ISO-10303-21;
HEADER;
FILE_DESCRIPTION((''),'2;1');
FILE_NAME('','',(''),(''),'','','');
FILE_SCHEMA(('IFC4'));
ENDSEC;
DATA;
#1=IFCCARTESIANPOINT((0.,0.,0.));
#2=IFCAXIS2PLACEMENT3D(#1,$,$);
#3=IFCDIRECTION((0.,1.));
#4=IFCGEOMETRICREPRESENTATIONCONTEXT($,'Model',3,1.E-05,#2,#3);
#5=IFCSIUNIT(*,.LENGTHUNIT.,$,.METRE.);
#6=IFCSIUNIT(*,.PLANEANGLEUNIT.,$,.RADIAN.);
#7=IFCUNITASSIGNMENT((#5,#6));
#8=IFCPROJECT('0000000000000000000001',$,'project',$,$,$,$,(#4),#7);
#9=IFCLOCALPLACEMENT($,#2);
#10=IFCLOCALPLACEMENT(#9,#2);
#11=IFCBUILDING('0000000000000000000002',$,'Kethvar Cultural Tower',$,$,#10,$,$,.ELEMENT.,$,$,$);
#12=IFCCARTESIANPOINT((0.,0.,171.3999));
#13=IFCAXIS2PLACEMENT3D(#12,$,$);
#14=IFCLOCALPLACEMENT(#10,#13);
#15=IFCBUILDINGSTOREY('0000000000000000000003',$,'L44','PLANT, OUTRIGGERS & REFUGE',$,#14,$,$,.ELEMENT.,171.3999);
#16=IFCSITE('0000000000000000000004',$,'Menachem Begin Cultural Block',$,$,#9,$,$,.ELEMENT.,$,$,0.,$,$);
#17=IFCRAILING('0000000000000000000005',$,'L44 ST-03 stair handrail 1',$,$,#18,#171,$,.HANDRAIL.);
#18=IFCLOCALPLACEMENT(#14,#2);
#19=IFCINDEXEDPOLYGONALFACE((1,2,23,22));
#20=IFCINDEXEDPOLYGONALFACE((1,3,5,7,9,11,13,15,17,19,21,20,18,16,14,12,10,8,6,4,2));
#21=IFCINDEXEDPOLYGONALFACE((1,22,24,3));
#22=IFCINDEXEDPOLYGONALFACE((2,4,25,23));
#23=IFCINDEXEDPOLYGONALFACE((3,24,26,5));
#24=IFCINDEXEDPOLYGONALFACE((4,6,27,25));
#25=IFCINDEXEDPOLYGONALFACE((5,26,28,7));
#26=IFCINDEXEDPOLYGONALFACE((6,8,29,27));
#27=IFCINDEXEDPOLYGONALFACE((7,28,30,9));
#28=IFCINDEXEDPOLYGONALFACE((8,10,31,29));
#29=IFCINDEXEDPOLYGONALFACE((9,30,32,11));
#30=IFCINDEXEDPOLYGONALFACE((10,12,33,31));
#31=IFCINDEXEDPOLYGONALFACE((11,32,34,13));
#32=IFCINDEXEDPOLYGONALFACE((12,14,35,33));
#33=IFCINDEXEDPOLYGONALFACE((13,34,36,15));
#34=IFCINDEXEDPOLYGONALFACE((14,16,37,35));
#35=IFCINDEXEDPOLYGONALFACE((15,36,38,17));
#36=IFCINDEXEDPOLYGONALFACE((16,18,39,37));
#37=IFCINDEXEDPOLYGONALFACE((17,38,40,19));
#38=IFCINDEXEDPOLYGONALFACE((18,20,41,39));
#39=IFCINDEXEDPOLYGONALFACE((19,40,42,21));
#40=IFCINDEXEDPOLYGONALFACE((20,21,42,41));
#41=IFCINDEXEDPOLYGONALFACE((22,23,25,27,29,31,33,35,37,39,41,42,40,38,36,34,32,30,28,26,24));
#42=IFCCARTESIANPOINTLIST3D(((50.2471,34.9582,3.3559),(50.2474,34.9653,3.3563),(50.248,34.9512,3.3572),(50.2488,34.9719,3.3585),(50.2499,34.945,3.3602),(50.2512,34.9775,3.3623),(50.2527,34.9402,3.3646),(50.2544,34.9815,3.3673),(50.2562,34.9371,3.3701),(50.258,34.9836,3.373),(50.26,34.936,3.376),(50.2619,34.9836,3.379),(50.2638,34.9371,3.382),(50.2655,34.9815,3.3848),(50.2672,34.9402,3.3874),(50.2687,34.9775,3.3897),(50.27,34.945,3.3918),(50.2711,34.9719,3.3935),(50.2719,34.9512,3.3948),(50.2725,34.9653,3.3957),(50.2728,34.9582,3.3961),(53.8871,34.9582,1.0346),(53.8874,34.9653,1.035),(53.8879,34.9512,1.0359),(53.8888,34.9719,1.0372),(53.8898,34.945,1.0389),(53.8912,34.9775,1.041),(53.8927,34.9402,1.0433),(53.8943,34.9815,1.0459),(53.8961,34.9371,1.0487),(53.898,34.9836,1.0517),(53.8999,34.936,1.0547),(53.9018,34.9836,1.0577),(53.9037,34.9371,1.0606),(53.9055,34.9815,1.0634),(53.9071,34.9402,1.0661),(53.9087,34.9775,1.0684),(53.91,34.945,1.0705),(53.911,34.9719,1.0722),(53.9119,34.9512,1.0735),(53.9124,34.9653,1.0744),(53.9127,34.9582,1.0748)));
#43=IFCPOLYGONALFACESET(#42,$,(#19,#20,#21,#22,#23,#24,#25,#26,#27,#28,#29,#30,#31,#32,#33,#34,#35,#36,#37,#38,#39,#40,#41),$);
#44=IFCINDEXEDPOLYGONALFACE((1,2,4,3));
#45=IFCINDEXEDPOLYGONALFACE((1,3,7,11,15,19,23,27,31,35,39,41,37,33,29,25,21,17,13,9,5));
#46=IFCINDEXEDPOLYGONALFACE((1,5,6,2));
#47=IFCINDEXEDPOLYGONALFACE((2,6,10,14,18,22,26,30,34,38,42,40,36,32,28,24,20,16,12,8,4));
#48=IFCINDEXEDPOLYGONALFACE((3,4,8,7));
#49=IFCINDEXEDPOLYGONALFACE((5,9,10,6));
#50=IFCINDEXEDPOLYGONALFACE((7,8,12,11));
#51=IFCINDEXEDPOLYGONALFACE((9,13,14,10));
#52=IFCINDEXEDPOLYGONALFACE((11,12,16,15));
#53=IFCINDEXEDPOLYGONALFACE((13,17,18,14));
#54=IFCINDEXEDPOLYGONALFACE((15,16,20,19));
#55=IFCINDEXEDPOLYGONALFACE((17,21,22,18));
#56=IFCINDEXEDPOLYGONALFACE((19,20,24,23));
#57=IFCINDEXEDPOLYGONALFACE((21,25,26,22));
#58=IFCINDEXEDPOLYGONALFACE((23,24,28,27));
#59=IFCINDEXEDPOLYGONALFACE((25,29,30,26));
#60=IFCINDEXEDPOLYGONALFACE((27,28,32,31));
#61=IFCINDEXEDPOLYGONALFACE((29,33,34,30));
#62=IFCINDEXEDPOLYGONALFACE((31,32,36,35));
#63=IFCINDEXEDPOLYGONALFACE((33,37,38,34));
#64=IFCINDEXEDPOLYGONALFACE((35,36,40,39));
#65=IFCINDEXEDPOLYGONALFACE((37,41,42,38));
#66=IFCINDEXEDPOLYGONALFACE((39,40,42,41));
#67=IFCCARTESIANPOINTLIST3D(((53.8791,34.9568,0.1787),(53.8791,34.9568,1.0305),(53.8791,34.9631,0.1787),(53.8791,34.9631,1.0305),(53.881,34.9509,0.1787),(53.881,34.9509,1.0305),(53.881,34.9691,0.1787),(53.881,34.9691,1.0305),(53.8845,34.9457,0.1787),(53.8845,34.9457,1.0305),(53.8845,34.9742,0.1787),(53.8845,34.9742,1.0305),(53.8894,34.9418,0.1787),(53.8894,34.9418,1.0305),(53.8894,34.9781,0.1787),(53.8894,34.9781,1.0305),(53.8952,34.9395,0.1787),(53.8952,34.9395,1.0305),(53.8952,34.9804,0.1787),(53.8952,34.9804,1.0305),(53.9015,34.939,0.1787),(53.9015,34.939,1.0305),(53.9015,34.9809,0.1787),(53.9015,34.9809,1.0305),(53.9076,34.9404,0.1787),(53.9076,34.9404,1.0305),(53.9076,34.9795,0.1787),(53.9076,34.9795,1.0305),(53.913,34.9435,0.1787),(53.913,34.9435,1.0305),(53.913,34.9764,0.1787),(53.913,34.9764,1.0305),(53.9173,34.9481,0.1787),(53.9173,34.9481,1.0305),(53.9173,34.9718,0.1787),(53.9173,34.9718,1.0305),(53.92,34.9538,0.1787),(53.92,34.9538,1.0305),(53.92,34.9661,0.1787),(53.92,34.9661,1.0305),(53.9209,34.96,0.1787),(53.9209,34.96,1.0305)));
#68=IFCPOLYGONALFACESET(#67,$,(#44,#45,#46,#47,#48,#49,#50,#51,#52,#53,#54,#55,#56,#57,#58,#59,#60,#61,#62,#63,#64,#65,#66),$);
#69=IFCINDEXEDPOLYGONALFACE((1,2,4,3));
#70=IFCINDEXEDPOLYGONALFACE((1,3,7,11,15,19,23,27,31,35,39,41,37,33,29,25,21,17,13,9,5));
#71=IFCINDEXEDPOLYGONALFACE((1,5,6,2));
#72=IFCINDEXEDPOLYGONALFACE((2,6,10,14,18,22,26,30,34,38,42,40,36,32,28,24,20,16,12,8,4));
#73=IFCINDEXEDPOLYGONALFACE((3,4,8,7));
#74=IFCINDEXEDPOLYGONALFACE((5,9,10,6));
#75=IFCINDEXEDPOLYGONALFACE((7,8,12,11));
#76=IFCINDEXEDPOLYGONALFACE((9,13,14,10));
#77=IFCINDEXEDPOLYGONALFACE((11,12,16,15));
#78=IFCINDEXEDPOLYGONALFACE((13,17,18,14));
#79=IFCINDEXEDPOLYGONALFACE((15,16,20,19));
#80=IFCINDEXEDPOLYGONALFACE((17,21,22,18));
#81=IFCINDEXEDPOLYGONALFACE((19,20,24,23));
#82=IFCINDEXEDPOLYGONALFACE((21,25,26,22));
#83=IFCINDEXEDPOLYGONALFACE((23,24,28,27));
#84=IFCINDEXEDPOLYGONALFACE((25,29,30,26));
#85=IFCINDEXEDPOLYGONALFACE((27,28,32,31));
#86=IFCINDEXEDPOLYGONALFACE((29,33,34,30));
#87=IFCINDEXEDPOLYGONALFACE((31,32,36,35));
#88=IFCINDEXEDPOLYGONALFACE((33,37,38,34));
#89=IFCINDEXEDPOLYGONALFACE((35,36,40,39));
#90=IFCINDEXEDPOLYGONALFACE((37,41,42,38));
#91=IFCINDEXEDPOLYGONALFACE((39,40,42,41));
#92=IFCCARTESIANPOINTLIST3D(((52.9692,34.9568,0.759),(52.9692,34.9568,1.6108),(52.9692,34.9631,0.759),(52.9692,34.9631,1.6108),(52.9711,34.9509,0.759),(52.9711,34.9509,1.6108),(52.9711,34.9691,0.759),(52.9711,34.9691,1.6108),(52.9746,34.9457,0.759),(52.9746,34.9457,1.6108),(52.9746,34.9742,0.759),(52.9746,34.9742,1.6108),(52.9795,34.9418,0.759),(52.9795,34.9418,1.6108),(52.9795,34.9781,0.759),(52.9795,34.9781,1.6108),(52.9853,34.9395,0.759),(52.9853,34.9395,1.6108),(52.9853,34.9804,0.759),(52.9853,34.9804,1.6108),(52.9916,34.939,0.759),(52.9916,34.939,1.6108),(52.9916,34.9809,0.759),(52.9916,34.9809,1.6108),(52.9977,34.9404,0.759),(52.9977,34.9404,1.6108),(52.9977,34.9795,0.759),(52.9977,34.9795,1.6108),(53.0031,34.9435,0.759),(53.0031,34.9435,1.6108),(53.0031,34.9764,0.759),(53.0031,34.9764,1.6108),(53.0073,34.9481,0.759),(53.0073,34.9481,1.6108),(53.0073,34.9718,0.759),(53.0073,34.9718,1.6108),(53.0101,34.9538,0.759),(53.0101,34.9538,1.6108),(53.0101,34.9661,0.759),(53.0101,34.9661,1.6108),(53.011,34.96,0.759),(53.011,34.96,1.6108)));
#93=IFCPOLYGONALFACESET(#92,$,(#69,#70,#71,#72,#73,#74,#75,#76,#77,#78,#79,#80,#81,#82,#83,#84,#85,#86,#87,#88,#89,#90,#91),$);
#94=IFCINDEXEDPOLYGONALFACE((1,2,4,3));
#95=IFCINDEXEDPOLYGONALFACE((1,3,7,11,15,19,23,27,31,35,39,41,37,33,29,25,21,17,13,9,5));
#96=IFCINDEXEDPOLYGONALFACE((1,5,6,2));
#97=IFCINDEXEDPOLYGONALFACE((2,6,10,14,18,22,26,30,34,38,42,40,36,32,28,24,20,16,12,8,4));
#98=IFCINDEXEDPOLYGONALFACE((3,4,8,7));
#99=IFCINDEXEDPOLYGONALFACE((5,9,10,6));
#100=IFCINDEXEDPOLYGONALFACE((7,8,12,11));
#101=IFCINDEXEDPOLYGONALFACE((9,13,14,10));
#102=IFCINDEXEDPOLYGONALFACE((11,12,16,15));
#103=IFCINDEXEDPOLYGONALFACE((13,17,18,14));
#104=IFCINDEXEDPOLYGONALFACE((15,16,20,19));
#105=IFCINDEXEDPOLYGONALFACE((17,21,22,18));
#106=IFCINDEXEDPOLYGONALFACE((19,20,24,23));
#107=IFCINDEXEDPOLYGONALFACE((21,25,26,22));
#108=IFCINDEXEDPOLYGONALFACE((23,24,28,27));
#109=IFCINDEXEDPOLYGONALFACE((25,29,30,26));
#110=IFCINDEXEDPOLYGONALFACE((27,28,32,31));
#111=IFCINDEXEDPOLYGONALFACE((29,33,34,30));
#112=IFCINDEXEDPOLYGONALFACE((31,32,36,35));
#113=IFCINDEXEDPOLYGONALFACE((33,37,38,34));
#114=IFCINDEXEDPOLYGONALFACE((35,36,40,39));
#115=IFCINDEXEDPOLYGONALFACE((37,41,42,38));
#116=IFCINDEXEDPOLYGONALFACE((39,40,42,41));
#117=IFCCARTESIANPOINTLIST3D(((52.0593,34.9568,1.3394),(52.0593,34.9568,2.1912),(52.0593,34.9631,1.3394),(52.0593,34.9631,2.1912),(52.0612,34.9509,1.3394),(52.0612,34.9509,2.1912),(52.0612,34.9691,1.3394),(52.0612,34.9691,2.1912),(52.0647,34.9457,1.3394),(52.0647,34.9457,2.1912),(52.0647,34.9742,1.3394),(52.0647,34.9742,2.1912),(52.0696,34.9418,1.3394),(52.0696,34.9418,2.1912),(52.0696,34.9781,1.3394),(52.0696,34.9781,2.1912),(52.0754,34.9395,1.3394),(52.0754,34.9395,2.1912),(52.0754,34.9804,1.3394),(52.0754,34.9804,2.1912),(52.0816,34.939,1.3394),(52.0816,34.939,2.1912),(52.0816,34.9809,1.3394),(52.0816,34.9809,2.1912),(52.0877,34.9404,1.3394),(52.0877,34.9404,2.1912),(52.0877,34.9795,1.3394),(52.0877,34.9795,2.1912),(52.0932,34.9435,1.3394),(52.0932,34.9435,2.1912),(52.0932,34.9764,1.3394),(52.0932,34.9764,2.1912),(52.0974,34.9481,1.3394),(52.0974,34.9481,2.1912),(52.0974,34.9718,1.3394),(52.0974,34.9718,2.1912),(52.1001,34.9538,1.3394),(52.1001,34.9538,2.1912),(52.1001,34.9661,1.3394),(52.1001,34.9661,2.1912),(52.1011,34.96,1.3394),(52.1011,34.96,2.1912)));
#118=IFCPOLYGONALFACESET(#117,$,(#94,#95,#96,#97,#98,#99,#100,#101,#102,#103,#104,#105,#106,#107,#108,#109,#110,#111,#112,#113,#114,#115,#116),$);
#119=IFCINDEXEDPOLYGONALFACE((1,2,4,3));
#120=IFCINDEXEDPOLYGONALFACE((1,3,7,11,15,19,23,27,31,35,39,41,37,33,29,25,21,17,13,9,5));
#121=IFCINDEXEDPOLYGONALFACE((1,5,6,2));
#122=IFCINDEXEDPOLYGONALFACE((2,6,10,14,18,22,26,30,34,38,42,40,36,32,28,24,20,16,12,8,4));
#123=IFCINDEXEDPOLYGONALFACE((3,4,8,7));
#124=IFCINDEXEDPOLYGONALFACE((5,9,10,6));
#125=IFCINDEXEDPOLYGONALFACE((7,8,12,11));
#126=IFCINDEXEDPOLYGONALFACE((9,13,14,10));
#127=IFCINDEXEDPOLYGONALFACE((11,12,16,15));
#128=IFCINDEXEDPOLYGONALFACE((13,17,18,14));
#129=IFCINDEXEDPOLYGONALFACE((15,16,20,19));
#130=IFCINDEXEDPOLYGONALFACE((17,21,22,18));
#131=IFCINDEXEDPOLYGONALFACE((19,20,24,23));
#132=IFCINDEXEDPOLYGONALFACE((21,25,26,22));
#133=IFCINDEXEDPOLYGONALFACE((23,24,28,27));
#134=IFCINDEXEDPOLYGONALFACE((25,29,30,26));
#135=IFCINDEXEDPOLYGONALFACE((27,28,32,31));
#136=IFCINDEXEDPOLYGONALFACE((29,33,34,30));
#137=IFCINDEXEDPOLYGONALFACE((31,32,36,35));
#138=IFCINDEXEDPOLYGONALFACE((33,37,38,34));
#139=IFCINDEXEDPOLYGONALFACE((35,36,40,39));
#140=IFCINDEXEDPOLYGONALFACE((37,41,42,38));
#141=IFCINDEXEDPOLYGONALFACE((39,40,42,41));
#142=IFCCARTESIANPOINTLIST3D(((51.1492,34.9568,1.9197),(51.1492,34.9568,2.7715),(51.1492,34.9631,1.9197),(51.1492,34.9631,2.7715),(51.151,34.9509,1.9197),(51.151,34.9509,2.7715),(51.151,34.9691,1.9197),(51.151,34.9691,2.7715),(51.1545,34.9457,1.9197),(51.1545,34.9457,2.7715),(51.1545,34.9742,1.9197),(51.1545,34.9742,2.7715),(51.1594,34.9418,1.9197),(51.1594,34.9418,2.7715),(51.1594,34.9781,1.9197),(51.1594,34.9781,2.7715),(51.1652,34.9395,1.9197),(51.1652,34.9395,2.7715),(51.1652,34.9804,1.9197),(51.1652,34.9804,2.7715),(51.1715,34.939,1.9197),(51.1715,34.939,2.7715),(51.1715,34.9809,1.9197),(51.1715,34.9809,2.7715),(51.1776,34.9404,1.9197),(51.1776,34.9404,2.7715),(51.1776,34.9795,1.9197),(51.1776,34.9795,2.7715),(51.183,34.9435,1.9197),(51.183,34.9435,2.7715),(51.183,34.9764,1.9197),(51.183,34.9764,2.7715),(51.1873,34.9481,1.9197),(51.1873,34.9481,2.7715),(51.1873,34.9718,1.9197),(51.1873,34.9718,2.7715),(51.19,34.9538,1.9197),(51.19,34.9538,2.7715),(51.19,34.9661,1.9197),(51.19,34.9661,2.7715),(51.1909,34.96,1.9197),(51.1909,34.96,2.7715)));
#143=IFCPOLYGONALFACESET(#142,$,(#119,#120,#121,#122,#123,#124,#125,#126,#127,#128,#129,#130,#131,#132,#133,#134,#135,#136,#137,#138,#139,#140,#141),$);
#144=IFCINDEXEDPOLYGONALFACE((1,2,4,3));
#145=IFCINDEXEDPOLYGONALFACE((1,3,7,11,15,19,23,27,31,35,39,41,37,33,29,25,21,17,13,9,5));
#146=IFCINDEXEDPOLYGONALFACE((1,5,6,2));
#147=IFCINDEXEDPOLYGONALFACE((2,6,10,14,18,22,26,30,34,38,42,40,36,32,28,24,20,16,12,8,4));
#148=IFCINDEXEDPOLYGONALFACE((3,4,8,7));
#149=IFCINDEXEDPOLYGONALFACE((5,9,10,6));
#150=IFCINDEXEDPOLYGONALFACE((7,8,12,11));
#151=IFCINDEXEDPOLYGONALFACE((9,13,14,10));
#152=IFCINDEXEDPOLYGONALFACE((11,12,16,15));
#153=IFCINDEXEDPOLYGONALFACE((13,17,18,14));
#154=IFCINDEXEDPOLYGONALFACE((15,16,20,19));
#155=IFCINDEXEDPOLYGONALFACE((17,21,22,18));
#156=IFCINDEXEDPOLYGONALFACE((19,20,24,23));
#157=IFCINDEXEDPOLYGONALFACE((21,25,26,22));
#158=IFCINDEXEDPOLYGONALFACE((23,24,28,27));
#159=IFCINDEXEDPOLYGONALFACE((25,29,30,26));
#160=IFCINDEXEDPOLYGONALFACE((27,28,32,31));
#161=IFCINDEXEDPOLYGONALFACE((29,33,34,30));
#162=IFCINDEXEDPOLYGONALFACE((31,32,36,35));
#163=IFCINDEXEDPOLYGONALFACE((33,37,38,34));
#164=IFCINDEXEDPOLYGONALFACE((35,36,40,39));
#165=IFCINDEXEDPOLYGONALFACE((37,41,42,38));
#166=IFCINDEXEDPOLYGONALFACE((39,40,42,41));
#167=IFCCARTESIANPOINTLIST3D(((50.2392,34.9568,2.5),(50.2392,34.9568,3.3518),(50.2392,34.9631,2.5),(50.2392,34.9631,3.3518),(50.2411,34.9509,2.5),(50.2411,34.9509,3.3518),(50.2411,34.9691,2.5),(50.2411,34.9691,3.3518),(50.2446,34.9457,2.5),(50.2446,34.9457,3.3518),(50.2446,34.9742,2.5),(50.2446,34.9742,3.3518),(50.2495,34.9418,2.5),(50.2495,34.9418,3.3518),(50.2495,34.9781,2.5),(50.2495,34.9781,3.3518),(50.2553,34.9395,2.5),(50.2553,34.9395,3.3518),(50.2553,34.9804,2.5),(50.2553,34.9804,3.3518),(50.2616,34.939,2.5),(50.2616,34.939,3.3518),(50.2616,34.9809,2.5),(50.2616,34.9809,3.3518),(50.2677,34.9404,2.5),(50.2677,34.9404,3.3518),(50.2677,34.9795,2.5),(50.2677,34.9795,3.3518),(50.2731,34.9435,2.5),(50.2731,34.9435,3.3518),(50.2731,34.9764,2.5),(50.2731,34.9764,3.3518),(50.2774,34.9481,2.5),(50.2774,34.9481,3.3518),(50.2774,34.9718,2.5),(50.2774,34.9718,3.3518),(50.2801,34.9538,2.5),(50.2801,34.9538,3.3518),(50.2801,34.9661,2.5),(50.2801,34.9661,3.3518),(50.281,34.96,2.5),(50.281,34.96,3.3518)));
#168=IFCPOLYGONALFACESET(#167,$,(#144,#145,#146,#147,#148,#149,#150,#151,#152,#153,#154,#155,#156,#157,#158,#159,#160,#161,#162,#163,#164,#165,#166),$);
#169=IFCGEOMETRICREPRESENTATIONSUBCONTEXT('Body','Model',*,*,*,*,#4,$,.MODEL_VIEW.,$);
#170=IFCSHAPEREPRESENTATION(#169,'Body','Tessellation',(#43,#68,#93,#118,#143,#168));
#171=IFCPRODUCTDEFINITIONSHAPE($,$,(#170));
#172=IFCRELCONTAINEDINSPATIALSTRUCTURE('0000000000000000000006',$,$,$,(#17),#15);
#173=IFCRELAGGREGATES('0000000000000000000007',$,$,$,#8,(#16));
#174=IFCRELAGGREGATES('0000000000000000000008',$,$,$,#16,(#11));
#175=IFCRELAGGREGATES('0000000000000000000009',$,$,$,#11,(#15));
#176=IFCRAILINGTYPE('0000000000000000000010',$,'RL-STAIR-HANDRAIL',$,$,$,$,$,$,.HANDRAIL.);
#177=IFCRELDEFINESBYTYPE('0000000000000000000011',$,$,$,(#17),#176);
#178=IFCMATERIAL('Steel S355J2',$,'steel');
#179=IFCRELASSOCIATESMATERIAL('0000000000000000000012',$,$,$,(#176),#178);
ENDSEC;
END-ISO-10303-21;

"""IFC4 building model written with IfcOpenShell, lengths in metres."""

from ifc_helpers import new_model, si_unit, direction, frame, origin, origin_2d, place, context, subcontext, project, spatial, circle, extrude, material, type_object, element, save


model = new_model("IFC4")

# Units and contexts
model_context = context("Model", 3, precision=1e-05, world=origin(), true_north=direction((0.0, 1.0)))
body_context = subcontext(model_context, "Body", "Model", "MODEL_VIEW")
ifc_project = project(units=[si_unit("LENGTHUNIT", "METRE"), si_unit("PLANEANGLEUNIT", "RADIAN")], contexts=[model_context])

# Site, building, storey
site_placement = place(None, origin())
site = spatial("IfcSite", under=ifc_project, at=site_placement, Name="Menachem Begin Cultural Block", CompositionType="ELEMENT", RefElevation=0.0)
building_placement = place(site_placement, origin())
building = spatial("IfcBuilding", under=site, at=building_placement, Name="Kethvar Cultural Tower", CompositionType="ELEMENT")
storey_placement = place(building_placement, frame((0.0, 0.0, 171.3999)))
storey = spatial("IfcBuildingStorey", under=building, at=storey_placement, Name="L44", Description="PLANT, OUTRIGGERS & REFUGE", CompositionType="ELEMENT", Elevation=171.3999)

# Railing
ifc_material_1 = material(Name="Steel S355J2", Category="steel")
railing_type_1 = type_object("IfcRailingType", Name="RL-STAIR-HANDRAIL", PredefinedType="HANDRAIL", material=ifc_material_1)
railing_1_placement = place(storey_placement, frame((53.8999, 34.96, 0.1787)))
element("IfcRailing", 1, at=railing_1_placement, inside=storey, type_object=railing_type_1, Name="L44 ST-03 stair handrail 1", PredefinedType="HANDRAIL", context=body_context, shape_type="SweptSolid", body=[
    extrude(circle(Radius=0.0239, at=origin_2d()), frame((0.0, 0.0, 0.876), z_axis=(-0.843137, 0.0, 0.537699), x_axis=(0.0, -1.0, 0.0)), (0.0, 0.0, 1.0), 4.3171),
    extrude(circle(Radius=0.021, at=origin_2d()), origin(), (0.0, 0.0, 1.0), 0.8518),
    extrude(circle(Radius=0.021, at=origin_2d()), frame((-0.9099, 0.0, 0.5803)), (0.0, 0.0, 1.0), 0.8518),
    extrude(circle(Radius=0.021, at=origin_2d()), frame((-1.8198, 0.0, 1.1606)), (0.0, 0.0, 1.0), 0.8518),
    extrude(circle(Radius=0.021, at=origin_2d()), frame((-2.73, 0.0, 1.741)), (0.0, 0.0, 1.0), 0.8518),
    extrude(circle(Radius=0.021, at=origin_2d()), frame((-3.6399, 0.0, 2.3213)), (0.0, 0.0, 1.0), 0.8518),
])

save(model, "model.ifc")
